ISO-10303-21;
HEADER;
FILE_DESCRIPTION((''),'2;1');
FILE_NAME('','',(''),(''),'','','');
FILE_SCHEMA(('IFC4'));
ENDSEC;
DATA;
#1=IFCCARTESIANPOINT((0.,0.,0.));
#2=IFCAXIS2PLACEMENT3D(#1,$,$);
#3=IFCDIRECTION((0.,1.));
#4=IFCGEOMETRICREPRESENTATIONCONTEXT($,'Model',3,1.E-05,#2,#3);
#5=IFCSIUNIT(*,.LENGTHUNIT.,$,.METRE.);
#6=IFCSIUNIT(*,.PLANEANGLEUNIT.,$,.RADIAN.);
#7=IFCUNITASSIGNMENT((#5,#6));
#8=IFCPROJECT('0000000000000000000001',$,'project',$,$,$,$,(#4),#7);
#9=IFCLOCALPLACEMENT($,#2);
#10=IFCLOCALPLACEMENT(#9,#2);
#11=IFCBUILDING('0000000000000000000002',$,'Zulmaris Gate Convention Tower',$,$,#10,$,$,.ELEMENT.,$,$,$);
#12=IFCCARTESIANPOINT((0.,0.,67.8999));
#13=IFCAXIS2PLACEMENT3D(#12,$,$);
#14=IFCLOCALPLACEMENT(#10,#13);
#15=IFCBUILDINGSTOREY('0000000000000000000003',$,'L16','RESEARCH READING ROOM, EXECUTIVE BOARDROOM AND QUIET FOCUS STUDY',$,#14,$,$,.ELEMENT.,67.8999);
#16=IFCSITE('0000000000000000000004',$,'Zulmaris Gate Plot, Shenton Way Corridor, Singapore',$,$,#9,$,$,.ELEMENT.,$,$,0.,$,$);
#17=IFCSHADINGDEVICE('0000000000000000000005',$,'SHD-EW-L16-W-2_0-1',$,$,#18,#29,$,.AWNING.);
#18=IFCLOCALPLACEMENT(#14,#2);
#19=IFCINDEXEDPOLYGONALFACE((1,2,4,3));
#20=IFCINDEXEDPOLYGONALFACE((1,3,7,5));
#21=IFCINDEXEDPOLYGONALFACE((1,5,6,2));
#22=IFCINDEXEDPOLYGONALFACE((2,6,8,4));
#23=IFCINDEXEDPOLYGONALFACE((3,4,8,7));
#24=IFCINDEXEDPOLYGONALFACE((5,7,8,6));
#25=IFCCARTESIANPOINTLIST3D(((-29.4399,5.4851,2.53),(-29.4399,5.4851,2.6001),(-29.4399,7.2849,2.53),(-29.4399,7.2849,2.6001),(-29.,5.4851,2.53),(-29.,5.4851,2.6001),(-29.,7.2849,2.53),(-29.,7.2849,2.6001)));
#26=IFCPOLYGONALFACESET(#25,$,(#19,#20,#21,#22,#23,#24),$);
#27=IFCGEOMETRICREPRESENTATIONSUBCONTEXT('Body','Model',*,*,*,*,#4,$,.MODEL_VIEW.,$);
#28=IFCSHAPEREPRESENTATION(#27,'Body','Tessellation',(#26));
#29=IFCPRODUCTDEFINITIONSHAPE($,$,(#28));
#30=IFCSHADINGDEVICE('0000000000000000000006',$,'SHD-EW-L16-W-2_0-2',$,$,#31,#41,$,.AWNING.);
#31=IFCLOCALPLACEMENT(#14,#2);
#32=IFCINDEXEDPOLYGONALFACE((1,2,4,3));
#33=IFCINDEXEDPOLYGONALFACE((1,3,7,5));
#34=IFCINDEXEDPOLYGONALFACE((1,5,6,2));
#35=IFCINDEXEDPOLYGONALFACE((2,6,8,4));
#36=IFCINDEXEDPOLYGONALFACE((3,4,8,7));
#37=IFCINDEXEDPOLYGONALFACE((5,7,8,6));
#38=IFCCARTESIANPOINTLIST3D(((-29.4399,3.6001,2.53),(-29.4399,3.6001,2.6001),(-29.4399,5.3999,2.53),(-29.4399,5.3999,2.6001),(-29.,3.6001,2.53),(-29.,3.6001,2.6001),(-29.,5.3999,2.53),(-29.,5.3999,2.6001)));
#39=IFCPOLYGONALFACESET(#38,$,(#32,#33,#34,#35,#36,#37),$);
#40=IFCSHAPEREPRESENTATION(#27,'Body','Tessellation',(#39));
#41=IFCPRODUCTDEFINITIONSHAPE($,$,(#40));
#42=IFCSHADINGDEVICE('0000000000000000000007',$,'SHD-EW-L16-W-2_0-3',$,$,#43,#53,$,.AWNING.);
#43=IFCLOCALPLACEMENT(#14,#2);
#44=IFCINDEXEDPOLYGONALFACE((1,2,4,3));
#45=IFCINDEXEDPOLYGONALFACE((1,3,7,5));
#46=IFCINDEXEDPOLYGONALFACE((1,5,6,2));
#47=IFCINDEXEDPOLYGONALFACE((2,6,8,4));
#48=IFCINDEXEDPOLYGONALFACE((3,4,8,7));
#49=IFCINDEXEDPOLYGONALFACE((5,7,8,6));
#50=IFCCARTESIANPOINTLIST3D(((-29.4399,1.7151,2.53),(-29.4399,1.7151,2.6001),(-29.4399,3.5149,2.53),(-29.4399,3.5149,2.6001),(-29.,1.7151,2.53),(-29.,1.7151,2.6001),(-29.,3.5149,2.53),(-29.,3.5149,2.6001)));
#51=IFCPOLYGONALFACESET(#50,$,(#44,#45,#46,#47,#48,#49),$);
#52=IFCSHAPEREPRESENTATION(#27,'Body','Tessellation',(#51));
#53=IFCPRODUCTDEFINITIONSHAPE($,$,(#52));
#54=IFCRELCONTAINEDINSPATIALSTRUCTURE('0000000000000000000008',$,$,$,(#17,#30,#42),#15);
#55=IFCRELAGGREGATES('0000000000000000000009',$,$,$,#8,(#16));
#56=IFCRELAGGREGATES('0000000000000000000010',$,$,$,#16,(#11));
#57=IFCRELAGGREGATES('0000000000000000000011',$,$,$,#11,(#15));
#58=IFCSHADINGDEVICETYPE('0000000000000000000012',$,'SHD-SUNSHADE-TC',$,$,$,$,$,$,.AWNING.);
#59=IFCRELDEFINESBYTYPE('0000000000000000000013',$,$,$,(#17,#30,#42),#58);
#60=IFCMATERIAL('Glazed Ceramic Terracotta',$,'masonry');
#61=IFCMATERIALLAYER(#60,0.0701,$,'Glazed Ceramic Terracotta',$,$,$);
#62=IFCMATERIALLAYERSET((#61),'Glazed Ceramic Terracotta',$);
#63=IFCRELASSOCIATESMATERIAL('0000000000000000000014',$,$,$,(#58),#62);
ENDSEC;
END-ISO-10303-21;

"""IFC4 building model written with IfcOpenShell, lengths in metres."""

from ifc_helpers import new_model, si_unit, direction, frame, frame_2d, origin, place, context, subcontext, project, spatial, rectangle, extrude, material, layer, layer_set, type_object, element, save


model = new_model("IFC4")

# Units and contexts
model_context = context("Model", 3, precision=1e-05, world=origin(), true_north=direction((0.0, 1.0)))
body_context = subcontext(model_context, "Body", "Model", "MODEL_VIEW")
ifc_project = project(units=[si_unit("LENGTHUNIT", "METRE"), si_unit("PLANEANGLEUNIT", "RADIAN")], contexts=[model_context])

# Site, building, storey
site_placement = place(None, origin())
site = spatial("IfcSite", under=ifc_project, at=site_placement, Name="Zulmaris Gate Plot, Shenton Way Corridor, Singapore", CompositionType="ELEMENT", RefElevation=0.0)
building_placement = place(site_placement, origin())
building = spatial("IfcBuilding", under=site, at=building_placement, Name="Zulmaris Gate Convention Tower", CompositionType="ELEMENT")
storey_placement = place(building_placement, frame((0.0, 0.0, 67.8999)))
storey = spatial("IfcBuildingStorey", under=building, at=storey_placement, Name="L16", Description="RESEARCH READING ROOM, EXECUTIVE BOARDROOM AND QUIET FOCUS STUDY", CompositionType="ELEMENT", Elevation=67.8999)

# Shading devices
ifc_material_1 = material(Name="Glazed Ceramic Terracotta", Category="masonry")
ifc_layer_1 = layer(ifc_material_1, 0.0701, Name="Glazed Ceramic Terracotta")
ifc_layer_set_1 = layer_set([ifc_layer_1], Name="Glazed Ceramic Terracotta")
shading_device_type = type_object("IfcShadingDeviceType", Name="SHD-SUNSHADE-TC", PredefinedType="AWNING", material=ifc_layer_set_1)
for number, where, z_axis, x_axis, name in (
    (1, (-29.22, 7.2849, 2.53), (0.0, 0.0, 1.0), (0.0, -1.0, 0.0), "SHD-EW-L16-W-2_0-1"),
    (2, (-29.22, 5.3999, 2.53), (0.0, 0.0, 1.0), (0.0, -1.0, 0.0), "SHD-EW-L16-W-2_0-2"),
    (3, (-29.22, 3.5149, 2.53), (0.0, 0.0, 1.0), (0.0, -1.0, 0.0), "SHD-EW-L16-W-2_0-3"),
):
    element("IfcShadingDevice", number, at=place(storey_placement, frame(where, z_axis=z_axis, x_axis=x_axis)), inside=storey, type_object=shading_device_type, Name=name, PredefinedType="AWNING", context=body_context, shape_type="SweptSolid", body=[
        extrude(rectangle(XDim=1.7998, YDim=0.4399, at=frame_2d((0.8999, 0.0))), origin(), (0.0, 0.0, 1.0), 0.0701),
    ])

save(model, "model.ifc")
